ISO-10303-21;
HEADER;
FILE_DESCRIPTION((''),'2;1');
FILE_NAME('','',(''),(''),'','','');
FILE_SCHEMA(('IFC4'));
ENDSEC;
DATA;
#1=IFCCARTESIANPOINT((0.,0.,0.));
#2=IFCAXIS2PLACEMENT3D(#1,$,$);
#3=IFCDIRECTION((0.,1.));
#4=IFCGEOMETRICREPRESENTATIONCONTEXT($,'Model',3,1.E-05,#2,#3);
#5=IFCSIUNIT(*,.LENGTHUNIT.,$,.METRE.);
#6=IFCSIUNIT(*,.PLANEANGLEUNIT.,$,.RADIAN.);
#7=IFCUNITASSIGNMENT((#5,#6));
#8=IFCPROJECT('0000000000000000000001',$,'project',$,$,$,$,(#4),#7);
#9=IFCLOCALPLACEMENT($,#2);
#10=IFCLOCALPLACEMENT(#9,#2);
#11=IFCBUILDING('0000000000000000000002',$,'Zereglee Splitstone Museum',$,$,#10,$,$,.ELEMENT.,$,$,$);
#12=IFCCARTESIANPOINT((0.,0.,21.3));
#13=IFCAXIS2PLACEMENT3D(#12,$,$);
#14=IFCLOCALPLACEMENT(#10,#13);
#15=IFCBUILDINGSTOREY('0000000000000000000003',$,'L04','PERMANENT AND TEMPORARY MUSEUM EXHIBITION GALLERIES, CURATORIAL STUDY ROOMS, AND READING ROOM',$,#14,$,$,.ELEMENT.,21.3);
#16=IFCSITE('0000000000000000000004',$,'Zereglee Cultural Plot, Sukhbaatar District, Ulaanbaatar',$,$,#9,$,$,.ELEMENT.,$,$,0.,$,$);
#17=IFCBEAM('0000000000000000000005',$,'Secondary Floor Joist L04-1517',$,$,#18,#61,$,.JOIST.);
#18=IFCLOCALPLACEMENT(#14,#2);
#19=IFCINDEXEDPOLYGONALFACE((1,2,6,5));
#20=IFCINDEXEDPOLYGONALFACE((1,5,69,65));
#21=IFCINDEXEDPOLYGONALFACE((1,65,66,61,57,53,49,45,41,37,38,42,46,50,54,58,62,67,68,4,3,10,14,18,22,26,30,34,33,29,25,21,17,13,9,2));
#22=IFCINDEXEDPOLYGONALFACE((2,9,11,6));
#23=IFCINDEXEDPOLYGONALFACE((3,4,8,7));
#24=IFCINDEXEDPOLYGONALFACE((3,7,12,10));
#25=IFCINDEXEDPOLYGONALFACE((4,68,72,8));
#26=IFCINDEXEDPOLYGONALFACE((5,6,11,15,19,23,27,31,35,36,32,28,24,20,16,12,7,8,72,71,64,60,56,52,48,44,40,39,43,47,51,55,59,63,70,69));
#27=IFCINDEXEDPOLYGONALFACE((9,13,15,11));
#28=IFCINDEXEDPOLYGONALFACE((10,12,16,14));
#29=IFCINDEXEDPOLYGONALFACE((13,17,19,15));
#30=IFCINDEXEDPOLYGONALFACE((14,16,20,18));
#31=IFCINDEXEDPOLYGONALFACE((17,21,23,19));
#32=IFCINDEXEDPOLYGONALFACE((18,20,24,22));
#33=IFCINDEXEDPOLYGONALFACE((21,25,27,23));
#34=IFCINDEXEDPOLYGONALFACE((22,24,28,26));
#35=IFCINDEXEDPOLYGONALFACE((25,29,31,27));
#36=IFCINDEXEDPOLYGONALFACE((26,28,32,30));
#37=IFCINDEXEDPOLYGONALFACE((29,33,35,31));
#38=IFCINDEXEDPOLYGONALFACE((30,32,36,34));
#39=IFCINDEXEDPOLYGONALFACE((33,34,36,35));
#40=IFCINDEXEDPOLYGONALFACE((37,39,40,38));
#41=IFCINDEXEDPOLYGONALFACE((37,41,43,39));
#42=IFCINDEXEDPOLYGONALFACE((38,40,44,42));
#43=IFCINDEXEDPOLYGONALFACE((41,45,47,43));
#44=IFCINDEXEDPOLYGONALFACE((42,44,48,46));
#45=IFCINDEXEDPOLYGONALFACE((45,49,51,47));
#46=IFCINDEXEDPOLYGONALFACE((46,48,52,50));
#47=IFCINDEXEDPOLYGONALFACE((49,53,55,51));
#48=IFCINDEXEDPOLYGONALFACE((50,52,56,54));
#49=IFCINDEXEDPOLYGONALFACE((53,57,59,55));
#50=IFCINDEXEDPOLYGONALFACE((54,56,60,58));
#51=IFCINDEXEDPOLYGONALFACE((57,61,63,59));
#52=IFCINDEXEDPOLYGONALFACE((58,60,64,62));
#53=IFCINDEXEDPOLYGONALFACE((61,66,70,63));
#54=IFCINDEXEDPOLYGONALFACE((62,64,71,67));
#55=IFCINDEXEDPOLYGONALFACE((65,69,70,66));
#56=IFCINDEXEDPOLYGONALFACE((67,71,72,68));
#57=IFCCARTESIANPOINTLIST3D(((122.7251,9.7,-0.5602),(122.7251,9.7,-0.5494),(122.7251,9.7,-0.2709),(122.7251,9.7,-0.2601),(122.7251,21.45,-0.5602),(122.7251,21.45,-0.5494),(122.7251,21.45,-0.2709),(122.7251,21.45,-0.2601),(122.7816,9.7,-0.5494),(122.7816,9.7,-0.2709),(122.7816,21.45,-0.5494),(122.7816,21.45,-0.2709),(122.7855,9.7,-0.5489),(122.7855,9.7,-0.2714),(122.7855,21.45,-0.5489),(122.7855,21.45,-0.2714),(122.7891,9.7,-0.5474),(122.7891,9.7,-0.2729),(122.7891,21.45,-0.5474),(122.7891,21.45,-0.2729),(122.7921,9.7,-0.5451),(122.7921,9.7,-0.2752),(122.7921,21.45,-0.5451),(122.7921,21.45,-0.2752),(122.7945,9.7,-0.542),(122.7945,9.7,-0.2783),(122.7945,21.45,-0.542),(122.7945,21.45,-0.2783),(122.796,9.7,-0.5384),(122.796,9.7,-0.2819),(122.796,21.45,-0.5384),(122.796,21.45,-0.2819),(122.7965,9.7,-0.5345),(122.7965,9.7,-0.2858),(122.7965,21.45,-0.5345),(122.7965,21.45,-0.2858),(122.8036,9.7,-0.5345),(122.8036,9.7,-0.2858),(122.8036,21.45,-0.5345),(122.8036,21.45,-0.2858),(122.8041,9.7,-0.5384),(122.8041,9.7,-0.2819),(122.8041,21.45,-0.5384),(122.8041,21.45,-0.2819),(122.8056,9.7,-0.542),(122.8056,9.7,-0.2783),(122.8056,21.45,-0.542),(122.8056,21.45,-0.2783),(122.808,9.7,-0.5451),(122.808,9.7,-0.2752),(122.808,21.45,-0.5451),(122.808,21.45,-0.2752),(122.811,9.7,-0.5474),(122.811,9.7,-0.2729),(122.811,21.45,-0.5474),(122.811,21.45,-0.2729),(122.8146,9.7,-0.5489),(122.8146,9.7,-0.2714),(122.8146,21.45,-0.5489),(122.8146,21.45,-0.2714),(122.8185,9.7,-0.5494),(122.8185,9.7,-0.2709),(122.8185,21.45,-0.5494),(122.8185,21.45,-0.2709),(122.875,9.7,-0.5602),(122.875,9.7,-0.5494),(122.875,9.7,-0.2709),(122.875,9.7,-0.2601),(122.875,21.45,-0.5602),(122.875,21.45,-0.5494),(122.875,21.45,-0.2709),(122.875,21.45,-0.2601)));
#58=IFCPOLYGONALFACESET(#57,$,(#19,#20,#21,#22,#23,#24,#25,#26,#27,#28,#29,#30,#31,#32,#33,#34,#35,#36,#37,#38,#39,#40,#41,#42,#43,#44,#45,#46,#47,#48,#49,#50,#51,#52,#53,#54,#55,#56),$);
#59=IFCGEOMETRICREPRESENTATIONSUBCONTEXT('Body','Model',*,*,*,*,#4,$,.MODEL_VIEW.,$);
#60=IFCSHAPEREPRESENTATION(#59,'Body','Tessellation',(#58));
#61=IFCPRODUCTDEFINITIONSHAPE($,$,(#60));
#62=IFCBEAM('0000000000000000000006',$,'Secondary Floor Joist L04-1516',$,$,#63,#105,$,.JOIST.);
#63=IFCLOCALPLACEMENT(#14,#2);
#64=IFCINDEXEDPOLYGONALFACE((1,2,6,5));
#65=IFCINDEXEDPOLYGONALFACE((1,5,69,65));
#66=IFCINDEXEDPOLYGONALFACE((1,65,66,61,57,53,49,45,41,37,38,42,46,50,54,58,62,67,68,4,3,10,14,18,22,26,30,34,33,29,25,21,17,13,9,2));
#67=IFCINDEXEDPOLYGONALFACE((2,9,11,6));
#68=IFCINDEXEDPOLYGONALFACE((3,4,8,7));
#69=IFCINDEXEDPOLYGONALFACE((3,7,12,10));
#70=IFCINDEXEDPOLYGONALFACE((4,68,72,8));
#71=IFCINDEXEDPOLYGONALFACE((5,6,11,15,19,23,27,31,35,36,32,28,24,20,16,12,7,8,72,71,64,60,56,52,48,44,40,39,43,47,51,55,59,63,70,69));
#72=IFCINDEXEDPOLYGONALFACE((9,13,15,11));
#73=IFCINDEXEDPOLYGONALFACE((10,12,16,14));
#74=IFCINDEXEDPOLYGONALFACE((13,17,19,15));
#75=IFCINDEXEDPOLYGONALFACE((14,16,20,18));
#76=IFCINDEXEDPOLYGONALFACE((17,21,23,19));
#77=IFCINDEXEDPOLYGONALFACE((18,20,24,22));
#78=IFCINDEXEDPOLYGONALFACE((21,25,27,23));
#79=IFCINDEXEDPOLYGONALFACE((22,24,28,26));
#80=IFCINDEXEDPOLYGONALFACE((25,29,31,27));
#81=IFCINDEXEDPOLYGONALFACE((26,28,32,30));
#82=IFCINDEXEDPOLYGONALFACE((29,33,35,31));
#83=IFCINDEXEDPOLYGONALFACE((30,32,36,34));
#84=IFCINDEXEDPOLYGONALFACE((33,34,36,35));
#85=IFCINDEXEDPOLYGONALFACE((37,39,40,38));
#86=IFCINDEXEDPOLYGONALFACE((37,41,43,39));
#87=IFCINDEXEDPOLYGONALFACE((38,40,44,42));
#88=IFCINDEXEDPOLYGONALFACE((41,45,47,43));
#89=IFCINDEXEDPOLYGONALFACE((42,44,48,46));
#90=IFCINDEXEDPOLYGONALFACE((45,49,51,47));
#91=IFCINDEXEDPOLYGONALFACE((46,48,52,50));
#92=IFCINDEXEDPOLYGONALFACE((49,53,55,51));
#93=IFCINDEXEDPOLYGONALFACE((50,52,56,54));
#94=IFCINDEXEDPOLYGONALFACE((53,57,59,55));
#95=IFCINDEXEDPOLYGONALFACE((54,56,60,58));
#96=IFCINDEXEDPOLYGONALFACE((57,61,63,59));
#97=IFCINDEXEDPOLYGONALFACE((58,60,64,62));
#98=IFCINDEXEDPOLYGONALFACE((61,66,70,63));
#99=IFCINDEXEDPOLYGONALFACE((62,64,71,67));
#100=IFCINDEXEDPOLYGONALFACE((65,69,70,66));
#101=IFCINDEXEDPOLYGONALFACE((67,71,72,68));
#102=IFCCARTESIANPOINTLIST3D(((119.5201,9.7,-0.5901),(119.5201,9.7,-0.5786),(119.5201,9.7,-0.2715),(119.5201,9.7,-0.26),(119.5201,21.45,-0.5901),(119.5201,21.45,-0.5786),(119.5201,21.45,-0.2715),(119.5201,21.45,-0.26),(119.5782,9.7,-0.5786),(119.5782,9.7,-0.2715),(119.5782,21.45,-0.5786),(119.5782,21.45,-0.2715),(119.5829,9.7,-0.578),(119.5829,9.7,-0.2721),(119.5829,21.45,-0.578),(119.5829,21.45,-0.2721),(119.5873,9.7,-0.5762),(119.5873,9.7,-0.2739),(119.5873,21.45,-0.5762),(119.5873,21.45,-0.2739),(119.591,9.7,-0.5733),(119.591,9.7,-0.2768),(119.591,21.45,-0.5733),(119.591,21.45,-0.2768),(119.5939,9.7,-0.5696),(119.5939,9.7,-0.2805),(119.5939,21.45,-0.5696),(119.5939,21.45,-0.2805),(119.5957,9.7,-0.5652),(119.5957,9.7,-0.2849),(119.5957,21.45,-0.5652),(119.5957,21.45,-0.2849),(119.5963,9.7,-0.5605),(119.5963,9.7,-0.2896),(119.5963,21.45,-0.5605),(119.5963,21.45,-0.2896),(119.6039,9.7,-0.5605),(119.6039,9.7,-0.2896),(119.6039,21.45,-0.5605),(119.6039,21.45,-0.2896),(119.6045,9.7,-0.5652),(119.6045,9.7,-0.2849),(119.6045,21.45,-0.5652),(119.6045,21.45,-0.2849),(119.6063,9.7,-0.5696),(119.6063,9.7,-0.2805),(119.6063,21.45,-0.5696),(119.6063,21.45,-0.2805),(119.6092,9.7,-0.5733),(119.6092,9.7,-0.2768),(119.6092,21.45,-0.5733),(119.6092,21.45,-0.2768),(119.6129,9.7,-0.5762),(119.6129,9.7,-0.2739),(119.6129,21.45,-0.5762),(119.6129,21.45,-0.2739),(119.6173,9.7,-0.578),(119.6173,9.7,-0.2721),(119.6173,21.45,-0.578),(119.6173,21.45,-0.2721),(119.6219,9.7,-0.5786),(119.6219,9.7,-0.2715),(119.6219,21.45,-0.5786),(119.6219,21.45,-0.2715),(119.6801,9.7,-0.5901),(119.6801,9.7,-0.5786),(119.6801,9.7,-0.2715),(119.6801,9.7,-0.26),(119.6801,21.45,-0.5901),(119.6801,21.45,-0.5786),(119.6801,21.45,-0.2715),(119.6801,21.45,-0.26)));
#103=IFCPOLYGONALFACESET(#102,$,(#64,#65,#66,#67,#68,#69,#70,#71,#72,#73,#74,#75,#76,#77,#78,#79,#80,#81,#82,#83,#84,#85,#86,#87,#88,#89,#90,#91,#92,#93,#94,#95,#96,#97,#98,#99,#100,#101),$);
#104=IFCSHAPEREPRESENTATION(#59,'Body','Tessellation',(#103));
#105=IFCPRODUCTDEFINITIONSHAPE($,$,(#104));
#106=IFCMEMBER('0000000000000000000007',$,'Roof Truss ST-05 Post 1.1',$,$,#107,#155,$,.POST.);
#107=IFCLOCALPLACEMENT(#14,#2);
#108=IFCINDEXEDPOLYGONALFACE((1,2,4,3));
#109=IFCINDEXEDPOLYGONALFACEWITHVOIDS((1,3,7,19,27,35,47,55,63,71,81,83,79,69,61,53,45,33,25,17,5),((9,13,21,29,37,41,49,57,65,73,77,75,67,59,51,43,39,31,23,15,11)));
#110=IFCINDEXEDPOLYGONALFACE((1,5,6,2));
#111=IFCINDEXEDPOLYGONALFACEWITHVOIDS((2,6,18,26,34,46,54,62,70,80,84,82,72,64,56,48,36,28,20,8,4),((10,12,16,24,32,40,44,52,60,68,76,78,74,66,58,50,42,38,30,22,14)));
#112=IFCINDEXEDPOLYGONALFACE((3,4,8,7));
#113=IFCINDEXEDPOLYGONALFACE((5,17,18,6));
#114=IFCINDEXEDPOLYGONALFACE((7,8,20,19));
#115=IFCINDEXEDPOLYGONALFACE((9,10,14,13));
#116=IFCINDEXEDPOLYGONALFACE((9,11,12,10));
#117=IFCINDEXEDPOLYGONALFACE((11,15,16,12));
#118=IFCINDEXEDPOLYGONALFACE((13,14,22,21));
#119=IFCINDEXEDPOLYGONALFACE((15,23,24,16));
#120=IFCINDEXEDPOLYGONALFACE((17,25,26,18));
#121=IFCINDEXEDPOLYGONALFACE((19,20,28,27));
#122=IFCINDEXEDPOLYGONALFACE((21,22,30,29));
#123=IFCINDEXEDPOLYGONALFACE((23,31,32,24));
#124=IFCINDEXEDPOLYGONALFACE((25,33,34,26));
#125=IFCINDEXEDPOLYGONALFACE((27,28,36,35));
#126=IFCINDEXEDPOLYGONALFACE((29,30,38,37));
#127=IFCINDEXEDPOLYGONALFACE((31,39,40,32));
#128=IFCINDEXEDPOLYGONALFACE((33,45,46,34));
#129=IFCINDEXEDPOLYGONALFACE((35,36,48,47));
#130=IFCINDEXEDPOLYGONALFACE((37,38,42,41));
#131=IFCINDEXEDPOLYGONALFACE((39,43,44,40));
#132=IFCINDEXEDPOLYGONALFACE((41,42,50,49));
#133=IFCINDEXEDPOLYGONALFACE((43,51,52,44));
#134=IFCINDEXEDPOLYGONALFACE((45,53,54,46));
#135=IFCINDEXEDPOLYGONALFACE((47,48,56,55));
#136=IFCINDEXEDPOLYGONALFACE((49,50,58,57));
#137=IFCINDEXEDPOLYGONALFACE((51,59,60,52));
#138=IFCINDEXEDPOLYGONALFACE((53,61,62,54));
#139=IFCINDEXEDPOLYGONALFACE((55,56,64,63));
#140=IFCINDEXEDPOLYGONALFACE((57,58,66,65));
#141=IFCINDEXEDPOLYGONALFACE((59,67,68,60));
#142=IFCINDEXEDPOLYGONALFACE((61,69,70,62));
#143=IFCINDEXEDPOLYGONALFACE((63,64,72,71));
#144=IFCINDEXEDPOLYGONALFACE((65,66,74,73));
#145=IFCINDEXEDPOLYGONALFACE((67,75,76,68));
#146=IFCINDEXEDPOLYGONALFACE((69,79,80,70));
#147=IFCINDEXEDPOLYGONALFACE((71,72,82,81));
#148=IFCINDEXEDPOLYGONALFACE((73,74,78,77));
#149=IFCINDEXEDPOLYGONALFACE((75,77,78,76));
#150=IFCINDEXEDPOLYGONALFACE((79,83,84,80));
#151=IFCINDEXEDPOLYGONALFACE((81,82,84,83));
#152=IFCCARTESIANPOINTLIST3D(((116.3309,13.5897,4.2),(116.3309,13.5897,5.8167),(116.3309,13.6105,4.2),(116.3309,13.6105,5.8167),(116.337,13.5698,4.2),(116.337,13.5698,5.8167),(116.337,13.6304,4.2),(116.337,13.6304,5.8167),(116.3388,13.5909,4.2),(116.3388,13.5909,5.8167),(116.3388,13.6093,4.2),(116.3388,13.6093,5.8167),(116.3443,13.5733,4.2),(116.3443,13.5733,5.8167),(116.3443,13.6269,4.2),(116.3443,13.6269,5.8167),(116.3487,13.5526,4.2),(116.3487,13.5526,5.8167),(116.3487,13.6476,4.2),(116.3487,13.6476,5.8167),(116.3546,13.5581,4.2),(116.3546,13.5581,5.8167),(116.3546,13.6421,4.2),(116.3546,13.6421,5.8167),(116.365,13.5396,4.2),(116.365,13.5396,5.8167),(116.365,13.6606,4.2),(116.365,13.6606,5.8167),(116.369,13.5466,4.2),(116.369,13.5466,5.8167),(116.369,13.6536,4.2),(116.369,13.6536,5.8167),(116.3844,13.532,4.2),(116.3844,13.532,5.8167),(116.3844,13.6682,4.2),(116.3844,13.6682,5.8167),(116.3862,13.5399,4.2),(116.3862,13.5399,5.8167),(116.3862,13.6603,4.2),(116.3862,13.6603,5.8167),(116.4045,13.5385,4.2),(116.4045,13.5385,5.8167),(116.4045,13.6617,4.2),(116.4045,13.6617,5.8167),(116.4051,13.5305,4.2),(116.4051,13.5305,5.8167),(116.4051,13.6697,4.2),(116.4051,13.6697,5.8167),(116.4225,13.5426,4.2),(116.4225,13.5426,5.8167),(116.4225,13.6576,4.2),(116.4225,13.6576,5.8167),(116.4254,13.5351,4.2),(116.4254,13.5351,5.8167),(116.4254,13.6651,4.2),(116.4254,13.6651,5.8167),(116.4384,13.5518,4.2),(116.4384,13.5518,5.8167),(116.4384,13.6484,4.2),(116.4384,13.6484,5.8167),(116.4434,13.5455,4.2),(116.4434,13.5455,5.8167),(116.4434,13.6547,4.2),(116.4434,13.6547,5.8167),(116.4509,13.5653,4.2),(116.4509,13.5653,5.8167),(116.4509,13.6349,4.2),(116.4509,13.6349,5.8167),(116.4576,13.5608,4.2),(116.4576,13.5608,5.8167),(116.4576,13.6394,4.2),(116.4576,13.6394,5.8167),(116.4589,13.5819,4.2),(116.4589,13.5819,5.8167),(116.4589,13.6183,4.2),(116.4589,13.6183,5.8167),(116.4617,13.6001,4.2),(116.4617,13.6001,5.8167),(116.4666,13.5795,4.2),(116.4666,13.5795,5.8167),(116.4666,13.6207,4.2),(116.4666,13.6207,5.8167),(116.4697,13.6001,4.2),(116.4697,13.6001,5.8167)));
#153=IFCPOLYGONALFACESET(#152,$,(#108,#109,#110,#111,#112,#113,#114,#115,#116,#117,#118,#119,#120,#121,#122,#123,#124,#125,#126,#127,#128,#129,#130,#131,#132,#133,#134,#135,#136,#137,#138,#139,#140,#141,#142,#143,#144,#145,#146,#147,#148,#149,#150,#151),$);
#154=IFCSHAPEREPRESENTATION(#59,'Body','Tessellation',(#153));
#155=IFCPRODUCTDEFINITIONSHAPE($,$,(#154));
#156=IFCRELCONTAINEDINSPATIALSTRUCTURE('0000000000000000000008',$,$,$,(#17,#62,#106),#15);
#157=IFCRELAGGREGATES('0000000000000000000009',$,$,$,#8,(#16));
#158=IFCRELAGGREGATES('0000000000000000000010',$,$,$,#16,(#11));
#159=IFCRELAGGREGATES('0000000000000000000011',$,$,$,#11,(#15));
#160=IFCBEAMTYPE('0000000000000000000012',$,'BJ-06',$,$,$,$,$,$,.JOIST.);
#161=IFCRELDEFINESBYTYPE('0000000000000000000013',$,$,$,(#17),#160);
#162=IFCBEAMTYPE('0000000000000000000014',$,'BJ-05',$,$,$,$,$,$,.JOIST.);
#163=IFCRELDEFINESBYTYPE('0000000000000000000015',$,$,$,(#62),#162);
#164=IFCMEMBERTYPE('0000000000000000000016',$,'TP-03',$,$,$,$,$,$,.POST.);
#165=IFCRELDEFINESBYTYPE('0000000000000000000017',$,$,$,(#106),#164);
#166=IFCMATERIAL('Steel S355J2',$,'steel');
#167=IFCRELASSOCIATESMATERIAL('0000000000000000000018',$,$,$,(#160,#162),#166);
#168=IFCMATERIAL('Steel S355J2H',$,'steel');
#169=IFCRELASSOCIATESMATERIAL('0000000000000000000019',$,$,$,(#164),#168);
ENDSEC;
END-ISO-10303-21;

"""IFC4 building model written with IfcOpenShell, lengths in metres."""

from ifc_helpers import new_model, si_unit, direction, frame, origin, origin_2d, place, context, subcontext, project, spatial, hollow_circle, i_section, extrude, material, material_profile, profile_set, type_object, element, save


model = new_model("IFC4")

# Units and contexts
model_context = context("Model", 3, precision=1e-05, world=origin(), true_north=direction((0.0, 1.0)))
body_context = subcontext(model_context, "Body", "Model", "MODEL_VIEW")
ifc_project = project(units=[si_unit("LENGTHUNIT", "METRE"), si_unit("PLANEANGLEUNIT", "RADIAN")], contexts=[model_context])

# Site, building, storey
site_placement = place(None, origin())
site = spatial("IfcSite", under=ifc_project, at=site_placement, Name="Zereglee Cultural Plot, Sukhbaatar District, Ulaanbaatar", CompositionType="ELEMENT", RefElevation=0.0)
building_placement = place(site_placement, origin())
building = spatial("IfcBuilding", under=site, at=building_placement, Name="Zereglee Splitstone Museum", CompositionType="ELEMENT")
storey_placement = place(building_placement, frame((0.0, 0.0, 21.3)))
storey = spatial("IfcBuildingStorey", under=building, at=storey_placement, Name="L04", Description="PERMANENT AND TEMPORARY MUSEUM EXHIBITION GALLERIES, CURATORIAL STUDY ROOMS, AND READING ROOM", CompositionType="ELEMENT", Elevation=21.3)

# Shared definitions
ifc_material_1 = material(Name="Steel S355J2", Category="steel")

# Shared definitions
ifc_material_2 = material(Name="Steel S355J2H", Category="steel")

# Beams
ifc_material_profile_1 = material_profile(ifc_material_1, i_section(OverallWidth=0.1499, OverallDepth=0.3, WebThickness=0.0071, FlangeThickness=0.0107, FilletRadius=0.0149, at=origin_2d()), Name="IPE 300")
ifc_profile_set_1 = profile_set([ifc_material_profile_1], Name="Steel S355J2")
beam_type_1 = type_object("IfcBeamType", Name="BJ-06", PredefinedType="JOIST", material=ifc_profile_set_1)
beam_1_placement = place(storey_placement, frame((122.8, 9.7, -0.4102), z_axis=(0.0, 1.0, 0.0), x_axis=(-1.0, 0.0, 0.0)))
element("IfcBeam", 1, at=beam_1_placement, inside=storey, type_object=beam_type_1, Name="Secondary Floor Joist L04-1517", PredefinedType="JOIST", context=body_context, shape_type="SweptSolid", body=[
    extrude(i_section(OverallWidth=0.1499, OverallDepth=0.3, WebThickness=0.0071, FlangeThickness=0.0107, FilletRadius=0.0149, at=origin_2d()), origin(), (0.0, 0.0, 1.0), 11.75),
])
ifc_material_profile_2 = material_profile(ifc_material_1, i_section(OverallWidth=0.1599, OverallDepth=0.3301, WebThickness=0.0076, FlangeThickness=0.0115, FilletRadius=0.0181, at=origin_2d()), Name="IPE 330")
ifc_profile_set_2 = profile_set([ifc_material_profile_2], Name="Steel S355J2")
beam_type_2 = type_object("IfcBeamType", Name="BJ-05", PredefinedType="JOIST", material=ifc_profile_set_2)
beam_2_placement = place(storey_placement, frame((119.6001, 9.7, -0.425), z_axis=(0.0, 1.0, 0.0), x_axis=(-1.0, 0.0, 0.0)))
element("IfcBeam", 2, at=beam_2_placement, inside=storey, type_object=beam_type_2, Name="Secondary Floor Joist L04-1516", PredefinedType="JOIST", context=body_context, shape_type="SweptSolid", body=[
    extrude(i_section(OverallWidth=0.1599, OverallDepth=0.3301, WebThickness=0.0076, FlangeThickness=0.0115, FilletRadius=0.0181, at=origin_2d()), origin(), (0.0, 0.0, 1.0), 11.75),
])

# Member
ifc_material_profile_3 = material_profile(ifc_material_2, hollow_circle(Radius=0.0698, WallThickness=0.0081, at=origin_2d()), Name="CHS 139.7x8")
ifc_profile_set_3 = profile_set([ifc_material_profile_3], Name="Steel S355J2H")
member_type_1 = type_object("IfcMemberType", Name="TP-03", PredefinedType="POST", material=ifc_profile_set_3)
member_1_placement = place(storey_placement, frame((116.3999, 13.6001, 4.2), z_axis=(0.0, 0.0, 1.0), x_axis=(1.0, 0.0, 0.0)))
element("IfcMember", 3, at=member_1_placement, inside=storey, type_object=member_type_1, Name="Roof Truss ST-05 Post 1.1", PredefinedType="POST", context=body_context, shape_type="SweptSolid", body=[
    extrude(hollow_circle(Radius=0.0698, WallThickness=0.0081, at=origin_2d()), origin(), (0.0, 0.0, 1.0), 1.6167),
])

save(model, "model.ifc")
